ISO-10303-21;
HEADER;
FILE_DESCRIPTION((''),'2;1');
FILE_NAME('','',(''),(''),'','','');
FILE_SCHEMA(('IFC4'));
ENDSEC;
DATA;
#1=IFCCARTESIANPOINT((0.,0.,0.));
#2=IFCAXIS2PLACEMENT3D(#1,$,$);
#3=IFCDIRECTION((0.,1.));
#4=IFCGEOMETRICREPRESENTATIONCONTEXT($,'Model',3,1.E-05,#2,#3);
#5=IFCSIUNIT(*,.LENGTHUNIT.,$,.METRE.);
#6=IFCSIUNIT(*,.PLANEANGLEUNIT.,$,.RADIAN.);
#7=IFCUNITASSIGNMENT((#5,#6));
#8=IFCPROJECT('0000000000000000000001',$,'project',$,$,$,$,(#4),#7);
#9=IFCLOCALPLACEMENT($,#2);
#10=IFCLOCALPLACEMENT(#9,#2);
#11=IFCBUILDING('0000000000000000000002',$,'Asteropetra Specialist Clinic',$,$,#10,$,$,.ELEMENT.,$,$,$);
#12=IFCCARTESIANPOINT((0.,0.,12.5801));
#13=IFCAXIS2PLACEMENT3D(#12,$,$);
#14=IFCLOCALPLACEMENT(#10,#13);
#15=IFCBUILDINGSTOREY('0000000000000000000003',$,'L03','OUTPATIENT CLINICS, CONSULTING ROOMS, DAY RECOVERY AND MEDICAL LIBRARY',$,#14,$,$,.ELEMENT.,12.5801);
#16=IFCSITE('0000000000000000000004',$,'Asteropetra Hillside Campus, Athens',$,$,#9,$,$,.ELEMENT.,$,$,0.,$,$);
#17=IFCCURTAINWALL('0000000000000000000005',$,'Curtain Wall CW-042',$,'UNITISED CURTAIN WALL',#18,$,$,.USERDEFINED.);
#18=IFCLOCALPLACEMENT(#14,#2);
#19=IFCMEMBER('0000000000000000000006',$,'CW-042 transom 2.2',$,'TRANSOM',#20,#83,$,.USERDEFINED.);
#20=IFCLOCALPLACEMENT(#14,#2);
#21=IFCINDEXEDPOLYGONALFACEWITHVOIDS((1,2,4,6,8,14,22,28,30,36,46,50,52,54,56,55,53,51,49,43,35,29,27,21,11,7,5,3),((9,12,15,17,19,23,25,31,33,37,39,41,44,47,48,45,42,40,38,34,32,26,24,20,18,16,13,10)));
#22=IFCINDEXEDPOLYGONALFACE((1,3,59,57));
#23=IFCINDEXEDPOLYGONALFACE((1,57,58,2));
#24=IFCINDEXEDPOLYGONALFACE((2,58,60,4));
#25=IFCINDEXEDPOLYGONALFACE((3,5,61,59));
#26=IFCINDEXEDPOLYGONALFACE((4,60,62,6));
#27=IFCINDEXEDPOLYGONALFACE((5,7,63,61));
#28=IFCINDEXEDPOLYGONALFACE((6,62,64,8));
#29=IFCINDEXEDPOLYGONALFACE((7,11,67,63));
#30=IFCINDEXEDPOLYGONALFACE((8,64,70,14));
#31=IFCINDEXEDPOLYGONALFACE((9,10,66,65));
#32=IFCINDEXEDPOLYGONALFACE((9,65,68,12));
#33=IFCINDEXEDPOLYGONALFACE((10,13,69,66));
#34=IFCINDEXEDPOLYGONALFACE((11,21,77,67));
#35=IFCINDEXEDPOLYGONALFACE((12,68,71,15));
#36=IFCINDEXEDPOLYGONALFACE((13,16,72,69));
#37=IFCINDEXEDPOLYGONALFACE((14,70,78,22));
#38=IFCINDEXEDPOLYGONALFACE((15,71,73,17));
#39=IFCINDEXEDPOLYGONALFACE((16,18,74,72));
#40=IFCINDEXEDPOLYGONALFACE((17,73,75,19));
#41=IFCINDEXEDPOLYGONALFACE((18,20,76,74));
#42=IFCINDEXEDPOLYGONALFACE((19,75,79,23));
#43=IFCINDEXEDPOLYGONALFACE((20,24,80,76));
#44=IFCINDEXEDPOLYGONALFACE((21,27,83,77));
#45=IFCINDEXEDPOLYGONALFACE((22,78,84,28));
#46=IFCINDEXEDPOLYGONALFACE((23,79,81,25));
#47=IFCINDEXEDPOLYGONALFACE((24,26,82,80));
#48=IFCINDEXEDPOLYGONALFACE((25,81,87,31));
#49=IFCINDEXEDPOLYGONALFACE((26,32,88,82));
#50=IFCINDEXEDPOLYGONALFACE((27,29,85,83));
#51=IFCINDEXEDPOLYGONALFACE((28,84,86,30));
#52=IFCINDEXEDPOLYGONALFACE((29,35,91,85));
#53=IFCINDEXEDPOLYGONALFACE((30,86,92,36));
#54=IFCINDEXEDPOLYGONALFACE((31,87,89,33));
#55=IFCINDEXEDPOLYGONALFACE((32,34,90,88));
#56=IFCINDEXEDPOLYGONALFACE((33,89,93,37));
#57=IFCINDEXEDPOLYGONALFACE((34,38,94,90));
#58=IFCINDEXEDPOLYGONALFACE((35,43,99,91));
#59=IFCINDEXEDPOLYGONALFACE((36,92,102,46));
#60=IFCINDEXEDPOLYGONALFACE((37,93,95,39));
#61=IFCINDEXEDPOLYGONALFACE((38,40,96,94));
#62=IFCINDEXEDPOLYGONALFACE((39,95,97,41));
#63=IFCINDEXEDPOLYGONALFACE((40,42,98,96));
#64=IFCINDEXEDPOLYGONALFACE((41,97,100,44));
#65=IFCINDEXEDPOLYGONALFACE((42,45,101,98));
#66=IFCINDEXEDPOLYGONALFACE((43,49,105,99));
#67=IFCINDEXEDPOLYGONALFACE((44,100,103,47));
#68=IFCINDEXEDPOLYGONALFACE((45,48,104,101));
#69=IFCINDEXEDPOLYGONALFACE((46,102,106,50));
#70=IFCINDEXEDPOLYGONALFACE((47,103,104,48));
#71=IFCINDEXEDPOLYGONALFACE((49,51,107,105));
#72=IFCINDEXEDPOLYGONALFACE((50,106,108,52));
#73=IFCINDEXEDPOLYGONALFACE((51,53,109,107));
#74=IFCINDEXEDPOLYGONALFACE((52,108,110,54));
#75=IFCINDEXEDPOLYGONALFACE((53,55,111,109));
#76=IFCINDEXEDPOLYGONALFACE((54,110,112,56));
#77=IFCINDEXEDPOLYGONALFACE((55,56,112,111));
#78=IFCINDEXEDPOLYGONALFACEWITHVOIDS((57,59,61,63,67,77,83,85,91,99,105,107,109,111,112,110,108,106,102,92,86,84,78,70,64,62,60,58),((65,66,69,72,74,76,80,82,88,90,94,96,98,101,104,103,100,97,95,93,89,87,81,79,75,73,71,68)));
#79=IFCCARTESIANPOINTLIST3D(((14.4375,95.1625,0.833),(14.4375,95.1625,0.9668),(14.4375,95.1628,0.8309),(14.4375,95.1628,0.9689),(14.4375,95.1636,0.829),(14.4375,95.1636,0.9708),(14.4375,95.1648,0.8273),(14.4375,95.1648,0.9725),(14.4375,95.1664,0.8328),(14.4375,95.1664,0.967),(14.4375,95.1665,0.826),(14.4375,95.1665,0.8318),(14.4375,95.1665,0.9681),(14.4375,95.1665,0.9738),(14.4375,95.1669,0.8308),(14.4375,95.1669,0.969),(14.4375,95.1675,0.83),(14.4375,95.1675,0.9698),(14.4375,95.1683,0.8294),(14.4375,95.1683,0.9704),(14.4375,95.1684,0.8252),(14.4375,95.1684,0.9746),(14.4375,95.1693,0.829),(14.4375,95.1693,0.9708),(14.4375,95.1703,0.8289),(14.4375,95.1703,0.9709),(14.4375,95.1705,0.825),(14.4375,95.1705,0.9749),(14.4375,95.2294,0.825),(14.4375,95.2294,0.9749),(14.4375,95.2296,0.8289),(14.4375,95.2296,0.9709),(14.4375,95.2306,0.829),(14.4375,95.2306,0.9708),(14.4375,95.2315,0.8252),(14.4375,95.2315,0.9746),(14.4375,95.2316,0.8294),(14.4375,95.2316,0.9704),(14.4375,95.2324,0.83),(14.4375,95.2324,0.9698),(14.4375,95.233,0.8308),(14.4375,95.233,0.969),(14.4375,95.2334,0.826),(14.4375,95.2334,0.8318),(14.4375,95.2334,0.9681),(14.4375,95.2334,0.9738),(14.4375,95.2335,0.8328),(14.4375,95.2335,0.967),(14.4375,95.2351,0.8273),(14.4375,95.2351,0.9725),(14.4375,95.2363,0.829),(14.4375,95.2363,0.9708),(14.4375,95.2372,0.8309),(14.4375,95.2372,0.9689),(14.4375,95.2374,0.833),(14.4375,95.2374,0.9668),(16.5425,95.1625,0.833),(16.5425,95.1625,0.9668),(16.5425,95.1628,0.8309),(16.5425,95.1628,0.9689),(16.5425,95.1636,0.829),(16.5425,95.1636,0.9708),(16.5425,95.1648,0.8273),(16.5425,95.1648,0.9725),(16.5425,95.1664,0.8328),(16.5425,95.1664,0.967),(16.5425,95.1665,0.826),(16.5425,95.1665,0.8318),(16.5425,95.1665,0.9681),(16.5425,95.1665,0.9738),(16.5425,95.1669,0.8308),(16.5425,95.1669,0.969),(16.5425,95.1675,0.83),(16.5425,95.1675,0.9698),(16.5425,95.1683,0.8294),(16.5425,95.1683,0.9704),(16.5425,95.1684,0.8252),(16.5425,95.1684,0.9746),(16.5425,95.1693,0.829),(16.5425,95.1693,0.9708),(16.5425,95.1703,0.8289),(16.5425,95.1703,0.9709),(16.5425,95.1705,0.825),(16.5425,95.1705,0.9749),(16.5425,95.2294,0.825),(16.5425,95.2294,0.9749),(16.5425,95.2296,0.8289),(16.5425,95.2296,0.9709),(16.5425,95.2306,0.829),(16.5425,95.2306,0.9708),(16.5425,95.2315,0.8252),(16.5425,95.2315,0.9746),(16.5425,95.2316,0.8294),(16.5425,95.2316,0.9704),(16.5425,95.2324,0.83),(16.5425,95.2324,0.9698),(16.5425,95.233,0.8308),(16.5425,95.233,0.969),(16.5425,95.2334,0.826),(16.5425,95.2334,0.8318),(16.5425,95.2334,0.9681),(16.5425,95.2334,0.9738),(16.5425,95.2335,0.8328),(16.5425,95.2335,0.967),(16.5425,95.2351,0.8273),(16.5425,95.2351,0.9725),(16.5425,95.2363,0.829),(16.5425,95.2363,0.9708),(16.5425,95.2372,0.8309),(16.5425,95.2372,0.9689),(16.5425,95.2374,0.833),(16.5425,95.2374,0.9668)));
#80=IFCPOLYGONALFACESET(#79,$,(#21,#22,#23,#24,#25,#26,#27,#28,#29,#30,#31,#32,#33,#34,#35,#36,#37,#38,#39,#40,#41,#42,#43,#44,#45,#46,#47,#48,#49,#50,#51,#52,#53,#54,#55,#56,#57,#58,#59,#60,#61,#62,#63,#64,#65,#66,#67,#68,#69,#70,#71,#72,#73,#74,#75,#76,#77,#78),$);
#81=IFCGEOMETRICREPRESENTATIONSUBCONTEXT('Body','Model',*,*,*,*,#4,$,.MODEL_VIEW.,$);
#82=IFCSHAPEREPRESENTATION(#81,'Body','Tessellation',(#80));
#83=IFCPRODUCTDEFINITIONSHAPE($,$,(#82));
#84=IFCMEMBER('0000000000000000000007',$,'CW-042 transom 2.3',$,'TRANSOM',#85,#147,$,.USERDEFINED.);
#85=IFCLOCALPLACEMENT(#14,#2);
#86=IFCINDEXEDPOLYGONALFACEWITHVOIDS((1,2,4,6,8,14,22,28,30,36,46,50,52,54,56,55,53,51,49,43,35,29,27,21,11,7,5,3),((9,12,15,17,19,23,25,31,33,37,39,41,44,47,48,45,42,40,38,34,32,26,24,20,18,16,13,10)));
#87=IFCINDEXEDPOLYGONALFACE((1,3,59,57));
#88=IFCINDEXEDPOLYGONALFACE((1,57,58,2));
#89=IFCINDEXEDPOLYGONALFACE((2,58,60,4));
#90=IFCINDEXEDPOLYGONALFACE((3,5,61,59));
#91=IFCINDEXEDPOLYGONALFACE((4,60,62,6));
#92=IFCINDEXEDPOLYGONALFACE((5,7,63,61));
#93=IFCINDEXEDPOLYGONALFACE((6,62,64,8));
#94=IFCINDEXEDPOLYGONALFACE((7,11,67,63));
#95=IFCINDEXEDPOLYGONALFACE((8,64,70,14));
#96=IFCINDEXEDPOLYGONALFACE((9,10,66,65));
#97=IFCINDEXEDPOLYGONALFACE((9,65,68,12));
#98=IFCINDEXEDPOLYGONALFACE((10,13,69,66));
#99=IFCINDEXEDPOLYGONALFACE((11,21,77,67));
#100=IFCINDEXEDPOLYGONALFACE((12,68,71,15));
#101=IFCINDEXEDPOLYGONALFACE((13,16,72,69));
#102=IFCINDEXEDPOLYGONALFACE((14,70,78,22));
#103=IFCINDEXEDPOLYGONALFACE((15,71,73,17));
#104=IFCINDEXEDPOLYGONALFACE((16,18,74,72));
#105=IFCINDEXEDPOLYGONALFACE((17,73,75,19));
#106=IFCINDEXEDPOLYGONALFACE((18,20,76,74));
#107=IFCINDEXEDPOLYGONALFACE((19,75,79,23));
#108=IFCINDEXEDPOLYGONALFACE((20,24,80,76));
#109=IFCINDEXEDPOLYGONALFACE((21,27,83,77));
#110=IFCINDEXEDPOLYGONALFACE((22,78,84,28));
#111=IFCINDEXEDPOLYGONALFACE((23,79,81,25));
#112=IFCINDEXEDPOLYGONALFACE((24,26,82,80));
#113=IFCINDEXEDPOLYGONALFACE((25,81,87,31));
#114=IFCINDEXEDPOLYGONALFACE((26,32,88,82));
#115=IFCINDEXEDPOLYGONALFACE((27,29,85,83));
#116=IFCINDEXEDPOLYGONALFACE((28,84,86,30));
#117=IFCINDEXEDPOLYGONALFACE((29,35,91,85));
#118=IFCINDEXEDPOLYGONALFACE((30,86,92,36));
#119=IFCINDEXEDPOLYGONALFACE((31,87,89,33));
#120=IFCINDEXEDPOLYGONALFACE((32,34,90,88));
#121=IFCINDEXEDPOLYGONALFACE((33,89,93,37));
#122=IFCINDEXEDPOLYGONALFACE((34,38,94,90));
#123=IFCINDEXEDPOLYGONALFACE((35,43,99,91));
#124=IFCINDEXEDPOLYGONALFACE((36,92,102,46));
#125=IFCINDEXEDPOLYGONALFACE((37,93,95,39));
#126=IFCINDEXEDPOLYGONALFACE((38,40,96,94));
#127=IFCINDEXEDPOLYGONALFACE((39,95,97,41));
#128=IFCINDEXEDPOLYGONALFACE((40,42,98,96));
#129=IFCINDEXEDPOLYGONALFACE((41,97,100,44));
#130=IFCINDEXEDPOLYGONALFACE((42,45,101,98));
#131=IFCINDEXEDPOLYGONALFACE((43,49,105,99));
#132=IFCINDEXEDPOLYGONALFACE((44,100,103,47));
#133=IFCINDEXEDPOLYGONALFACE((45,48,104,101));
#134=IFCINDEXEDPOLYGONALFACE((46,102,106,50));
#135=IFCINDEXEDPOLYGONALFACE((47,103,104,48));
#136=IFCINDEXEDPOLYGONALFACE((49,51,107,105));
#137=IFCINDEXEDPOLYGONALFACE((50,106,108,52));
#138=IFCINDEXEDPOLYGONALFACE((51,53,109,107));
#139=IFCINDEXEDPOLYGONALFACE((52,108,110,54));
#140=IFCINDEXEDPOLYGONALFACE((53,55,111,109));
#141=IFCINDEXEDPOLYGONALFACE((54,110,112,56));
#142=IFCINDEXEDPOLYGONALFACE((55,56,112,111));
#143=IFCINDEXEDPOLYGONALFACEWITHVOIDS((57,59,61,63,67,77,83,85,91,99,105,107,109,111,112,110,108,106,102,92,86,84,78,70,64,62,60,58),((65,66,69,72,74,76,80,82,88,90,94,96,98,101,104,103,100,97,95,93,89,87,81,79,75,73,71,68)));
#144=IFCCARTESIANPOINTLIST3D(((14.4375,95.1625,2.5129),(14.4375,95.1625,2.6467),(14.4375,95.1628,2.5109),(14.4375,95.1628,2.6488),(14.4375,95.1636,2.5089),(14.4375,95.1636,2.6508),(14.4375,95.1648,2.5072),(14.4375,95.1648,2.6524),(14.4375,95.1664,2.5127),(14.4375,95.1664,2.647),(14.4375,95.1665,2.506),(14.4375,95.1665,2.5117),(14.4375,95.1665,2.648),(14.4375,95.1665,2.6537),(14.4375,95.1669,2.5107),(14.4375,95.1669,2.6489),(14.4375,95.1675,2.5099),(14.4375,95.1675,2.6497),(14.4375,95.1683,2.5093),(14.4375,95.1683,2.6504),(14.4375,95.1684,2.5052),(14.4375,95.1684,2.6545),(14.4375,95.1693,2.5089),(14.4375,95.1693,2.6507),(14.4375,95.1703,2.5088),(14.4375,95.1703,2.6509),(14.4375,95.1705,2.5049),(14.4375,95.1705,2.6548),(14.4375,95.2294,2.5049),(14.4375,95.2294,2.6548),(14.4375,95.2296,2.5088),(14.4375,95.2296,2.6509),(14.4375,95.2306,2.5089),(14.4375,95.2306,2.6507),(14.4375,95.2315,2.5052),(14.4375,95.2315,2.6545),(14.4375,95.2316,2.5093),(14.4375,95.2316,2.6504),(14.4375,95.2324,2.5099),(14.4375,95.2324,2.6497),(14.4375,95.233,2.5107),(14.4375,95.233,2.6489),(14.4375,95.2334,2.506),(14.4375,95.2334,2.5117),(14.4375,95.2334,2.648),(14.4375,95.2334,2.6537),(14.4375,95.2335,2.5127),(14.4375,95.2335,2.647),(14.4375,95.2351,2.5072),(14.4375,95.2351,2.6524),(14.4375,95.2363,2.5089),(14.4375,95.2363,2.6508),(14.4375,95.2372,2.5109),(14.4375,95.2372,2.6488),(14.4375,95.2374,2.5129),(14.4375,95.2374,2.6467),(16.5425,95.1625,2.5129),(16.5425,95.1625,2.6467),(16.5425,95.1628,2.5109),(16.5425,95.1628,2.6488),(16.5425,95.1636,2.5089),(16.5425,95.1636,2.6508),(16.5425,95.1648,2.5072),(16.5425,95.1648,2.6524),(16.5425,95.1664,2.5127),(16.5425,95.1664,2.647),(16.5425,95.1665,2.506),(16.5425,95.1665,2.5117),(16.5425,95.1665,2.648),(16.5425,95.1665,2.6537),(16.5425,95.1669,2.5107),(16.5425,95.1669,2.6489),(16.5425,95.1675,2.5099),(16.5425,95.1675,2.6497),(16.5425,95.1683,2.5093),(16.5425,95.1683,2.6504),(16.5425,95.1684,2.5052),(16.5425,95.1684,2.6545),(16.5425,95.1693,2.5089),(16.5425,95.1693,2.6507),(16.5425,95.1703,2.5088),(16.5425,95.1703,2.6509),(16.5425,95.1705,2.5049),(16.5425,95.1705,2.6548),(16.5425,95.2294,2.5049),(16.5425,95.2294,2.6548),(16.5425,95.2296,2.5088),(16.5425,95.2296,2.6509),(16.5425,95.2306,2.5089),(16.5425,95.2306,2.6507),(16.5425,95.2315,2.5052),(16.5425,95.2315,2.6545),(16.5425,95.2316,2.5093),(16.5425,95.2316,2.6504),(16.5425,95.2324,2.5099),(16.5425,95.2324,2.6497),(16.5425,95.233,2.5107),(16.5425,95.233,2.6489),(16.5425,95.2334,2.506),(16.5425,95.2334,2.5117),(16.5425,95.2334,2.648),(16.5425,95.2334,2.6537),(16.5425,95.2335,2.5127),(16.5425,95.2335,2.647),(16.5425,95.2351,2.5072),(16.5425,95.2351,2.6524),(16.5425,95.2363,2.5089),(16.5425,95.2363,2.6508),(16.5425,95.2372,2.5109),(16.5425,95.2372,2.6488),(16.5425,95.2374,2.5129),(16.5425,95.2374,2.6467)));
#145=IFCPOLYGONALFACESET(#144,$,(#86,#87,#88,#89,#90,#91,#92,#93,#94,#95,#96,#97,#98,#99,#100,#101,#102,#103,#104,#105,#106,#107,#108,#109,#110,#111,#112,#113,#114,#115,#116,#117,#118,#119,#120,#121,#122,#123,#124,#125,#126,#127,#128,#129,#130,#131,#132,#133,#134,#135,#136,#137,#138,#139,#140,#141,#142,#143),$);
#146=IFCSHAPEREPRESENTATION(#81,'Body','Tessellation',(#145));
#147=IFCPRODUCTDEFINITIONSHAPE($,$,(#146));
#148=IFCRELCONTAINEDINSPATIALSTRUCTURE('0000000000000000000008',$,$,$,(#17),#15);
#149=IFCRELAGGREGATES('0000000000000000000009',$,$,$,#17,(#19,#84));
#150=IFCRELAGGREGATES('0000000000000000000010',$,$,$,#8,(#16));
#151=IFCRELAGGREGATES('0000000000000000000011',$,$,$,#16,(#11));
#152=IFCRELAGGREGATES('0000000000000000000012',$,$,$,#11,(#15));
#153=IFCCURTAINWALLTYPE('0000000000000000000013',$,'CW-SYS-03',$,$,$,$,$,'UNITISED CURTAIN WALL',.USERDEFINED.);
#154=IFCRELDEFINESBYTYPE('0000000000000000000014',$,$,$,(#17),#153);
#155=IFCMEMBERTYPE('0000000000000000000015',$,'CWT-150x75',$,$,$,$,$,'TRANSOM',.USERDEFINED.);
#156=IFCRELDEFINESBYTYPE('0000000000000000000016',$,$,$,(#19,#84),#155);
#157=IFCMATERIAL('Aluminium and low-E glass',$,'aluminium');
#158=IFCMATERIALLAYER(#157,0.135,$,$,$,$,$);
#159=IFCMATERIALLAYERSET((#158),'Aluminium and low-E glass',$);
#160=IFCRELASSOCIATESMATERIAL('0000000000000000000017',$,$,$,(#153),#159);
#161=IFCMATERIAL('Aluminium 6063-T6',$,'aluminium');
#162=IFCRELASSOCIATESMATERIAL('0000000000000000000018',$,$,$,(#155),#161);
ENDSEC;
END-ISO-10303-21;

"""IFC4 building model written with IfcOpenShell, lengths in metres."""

from ifc_helpers import new_model, si_unit, direction, frame, origin, origin_2d, place, context, subcontext, project, spatial, hollow_rectangle, extrude, material, layer, layer_set, material_profile, profile_set, type_object, element, aggregate, save


model = new_model("IFC4")

# Units and contexts
model_context = context("Model", 3, precision=1e-05, world=origin(), true_north=direction((0.0, 1.0)))
body_context = subcontext(model_context, "Body", "Model", "MODEL_VIEW")
ifc_project = project(units=[si_unit("LENGTHUNIT", "METRE"), si_unit("PLANEANGLEUNIT", "RADIAN")], contexts=[model_context])

# Site, building, storey
site_placement = place(None, origin())
site = spatial("IfcSite", under=ifc_project, at=site_placement, Name="Asteropetra Hillside Campus, Athens", CompositionType="ELEMENT", RefElevation=0.0)
building_placement = place(site_placement, origin())
building = spatial("IfcBuilding", under=site, at=building_placement, Name="Asteropetra Specialist Clinic", CompositionType="ELEMENT")
storey_placement = place(building_placement, frame((0.0, 0.0, 12.5801)))
storey = spatial("IfcBuildingStorey", under=building, at=storey_placement, Name="L03", Description="OUTPATIENT CLINICS, CONSULTING ROOMS, DAY RECOVERY AND MEDICAL LIBRARY", CompositionType="ELEMENT", Elevation=12.5801)

# Curtain wall, members
ifc_material_1 = material(Name="Aluminium and low-E glass", Category="aluminium")
ifc_layer_1 = layer(ifc_material_1, 0.135)
ifc_layer_set_1 = layer_set([ifc_layer_1], Name="Aluminium and low-E glass")
curtain_wall_type = type_object("IfcCurtainWallType", Name="CW-SYS-03", ElementType="UNITISED CURTAIN WALL", PredefinedType="USERDEFINED", material=ifc_layer_set_1)
curtain_wall_placement = place(storey_placement, origin())
curtain_wall = element("IfcCurtainWall", 1, at=curtain_wall_placement, inside=storey, type_object=curtain_wall_type, Name="Curtain Wall CW-042", ObjectType="UNITISED CURTAIN WALL", PredefinedType="USERDEFINED")
ifc_material_2 = material(Name="Aluminium 6063-T6", Category="aluminium")
ifc_material_profile_1 = material_profile(ifc_material_2, hollow_rectangle(XDim=0.075, YDim=0.1499, WallThickness=0.0039, InnerFilletRadius=0.0039, OuterFilletRadius=0.0081, at=origin_2d()), Name="TRN 150x75x4.0")
ifc_profile_set_1 = profile_set([ifc_material_profile_1], Name="Aluminium 6063-T6")
member_type_1 = type_object("IfcMemberType", Name="CWT-150x75", ElementType="TRANSOM", PredefinedType="USERDEFINED", material=ifc_profile_set_1)
member_1_placement = place(storey_placement, frame((16.5425, 95.2, 0.8999), z_axis=(-1.0, 0.0, 0.0), x_axis=(0.0, -1.0, 0.0)))
member_1 = element("IfcMember", 2, at=member_1_placement, type_object=member_type_1, Name="CW-042 transom 2.2", ObjectType="TRANSOM", PredefinedType="USERDEFINED", context=body_context, shape_type="SweptSolid", body=[
    extrude(hollow_rectangle(XDim=0.075, YDim=0.1499, WallThickness=0.0039, InnerFilletRadius=0.0039, OuterFilletRadius=0.0081, at=origin_2d()), origin(), (0.0, 0.0, 1.0), 2.105),
])
member_2_placement = place(storey_placement, frame((16.5425, 95.2, 2.5798), z_axis=(-1.0, 0.0, 0.0), x_axis=(0.0, -1.0, 0.0)))
member_2 = element("IfcMember", 3, at=member_2_placement, type_object=member_type_1, Name="CW-042 transom 2.3", ObjectType="TRANSOM", PredefinedType="USERDEFINED", context=body_context, shape_type="SweptSolid", body=[
    extrude(hollow_rectangle(XDim=0.075, YDim=0.1499, WallThickness=0.0039, InnerFilletRadius=0.0039, OuterFilletRadius=0.0081, at=origin_2d()), origin(), (0.0, 0.0, 1.0), 2.105),
])

aggregate(curtain_wall, [member_1, member_2])

save(model, "model.ifc")
